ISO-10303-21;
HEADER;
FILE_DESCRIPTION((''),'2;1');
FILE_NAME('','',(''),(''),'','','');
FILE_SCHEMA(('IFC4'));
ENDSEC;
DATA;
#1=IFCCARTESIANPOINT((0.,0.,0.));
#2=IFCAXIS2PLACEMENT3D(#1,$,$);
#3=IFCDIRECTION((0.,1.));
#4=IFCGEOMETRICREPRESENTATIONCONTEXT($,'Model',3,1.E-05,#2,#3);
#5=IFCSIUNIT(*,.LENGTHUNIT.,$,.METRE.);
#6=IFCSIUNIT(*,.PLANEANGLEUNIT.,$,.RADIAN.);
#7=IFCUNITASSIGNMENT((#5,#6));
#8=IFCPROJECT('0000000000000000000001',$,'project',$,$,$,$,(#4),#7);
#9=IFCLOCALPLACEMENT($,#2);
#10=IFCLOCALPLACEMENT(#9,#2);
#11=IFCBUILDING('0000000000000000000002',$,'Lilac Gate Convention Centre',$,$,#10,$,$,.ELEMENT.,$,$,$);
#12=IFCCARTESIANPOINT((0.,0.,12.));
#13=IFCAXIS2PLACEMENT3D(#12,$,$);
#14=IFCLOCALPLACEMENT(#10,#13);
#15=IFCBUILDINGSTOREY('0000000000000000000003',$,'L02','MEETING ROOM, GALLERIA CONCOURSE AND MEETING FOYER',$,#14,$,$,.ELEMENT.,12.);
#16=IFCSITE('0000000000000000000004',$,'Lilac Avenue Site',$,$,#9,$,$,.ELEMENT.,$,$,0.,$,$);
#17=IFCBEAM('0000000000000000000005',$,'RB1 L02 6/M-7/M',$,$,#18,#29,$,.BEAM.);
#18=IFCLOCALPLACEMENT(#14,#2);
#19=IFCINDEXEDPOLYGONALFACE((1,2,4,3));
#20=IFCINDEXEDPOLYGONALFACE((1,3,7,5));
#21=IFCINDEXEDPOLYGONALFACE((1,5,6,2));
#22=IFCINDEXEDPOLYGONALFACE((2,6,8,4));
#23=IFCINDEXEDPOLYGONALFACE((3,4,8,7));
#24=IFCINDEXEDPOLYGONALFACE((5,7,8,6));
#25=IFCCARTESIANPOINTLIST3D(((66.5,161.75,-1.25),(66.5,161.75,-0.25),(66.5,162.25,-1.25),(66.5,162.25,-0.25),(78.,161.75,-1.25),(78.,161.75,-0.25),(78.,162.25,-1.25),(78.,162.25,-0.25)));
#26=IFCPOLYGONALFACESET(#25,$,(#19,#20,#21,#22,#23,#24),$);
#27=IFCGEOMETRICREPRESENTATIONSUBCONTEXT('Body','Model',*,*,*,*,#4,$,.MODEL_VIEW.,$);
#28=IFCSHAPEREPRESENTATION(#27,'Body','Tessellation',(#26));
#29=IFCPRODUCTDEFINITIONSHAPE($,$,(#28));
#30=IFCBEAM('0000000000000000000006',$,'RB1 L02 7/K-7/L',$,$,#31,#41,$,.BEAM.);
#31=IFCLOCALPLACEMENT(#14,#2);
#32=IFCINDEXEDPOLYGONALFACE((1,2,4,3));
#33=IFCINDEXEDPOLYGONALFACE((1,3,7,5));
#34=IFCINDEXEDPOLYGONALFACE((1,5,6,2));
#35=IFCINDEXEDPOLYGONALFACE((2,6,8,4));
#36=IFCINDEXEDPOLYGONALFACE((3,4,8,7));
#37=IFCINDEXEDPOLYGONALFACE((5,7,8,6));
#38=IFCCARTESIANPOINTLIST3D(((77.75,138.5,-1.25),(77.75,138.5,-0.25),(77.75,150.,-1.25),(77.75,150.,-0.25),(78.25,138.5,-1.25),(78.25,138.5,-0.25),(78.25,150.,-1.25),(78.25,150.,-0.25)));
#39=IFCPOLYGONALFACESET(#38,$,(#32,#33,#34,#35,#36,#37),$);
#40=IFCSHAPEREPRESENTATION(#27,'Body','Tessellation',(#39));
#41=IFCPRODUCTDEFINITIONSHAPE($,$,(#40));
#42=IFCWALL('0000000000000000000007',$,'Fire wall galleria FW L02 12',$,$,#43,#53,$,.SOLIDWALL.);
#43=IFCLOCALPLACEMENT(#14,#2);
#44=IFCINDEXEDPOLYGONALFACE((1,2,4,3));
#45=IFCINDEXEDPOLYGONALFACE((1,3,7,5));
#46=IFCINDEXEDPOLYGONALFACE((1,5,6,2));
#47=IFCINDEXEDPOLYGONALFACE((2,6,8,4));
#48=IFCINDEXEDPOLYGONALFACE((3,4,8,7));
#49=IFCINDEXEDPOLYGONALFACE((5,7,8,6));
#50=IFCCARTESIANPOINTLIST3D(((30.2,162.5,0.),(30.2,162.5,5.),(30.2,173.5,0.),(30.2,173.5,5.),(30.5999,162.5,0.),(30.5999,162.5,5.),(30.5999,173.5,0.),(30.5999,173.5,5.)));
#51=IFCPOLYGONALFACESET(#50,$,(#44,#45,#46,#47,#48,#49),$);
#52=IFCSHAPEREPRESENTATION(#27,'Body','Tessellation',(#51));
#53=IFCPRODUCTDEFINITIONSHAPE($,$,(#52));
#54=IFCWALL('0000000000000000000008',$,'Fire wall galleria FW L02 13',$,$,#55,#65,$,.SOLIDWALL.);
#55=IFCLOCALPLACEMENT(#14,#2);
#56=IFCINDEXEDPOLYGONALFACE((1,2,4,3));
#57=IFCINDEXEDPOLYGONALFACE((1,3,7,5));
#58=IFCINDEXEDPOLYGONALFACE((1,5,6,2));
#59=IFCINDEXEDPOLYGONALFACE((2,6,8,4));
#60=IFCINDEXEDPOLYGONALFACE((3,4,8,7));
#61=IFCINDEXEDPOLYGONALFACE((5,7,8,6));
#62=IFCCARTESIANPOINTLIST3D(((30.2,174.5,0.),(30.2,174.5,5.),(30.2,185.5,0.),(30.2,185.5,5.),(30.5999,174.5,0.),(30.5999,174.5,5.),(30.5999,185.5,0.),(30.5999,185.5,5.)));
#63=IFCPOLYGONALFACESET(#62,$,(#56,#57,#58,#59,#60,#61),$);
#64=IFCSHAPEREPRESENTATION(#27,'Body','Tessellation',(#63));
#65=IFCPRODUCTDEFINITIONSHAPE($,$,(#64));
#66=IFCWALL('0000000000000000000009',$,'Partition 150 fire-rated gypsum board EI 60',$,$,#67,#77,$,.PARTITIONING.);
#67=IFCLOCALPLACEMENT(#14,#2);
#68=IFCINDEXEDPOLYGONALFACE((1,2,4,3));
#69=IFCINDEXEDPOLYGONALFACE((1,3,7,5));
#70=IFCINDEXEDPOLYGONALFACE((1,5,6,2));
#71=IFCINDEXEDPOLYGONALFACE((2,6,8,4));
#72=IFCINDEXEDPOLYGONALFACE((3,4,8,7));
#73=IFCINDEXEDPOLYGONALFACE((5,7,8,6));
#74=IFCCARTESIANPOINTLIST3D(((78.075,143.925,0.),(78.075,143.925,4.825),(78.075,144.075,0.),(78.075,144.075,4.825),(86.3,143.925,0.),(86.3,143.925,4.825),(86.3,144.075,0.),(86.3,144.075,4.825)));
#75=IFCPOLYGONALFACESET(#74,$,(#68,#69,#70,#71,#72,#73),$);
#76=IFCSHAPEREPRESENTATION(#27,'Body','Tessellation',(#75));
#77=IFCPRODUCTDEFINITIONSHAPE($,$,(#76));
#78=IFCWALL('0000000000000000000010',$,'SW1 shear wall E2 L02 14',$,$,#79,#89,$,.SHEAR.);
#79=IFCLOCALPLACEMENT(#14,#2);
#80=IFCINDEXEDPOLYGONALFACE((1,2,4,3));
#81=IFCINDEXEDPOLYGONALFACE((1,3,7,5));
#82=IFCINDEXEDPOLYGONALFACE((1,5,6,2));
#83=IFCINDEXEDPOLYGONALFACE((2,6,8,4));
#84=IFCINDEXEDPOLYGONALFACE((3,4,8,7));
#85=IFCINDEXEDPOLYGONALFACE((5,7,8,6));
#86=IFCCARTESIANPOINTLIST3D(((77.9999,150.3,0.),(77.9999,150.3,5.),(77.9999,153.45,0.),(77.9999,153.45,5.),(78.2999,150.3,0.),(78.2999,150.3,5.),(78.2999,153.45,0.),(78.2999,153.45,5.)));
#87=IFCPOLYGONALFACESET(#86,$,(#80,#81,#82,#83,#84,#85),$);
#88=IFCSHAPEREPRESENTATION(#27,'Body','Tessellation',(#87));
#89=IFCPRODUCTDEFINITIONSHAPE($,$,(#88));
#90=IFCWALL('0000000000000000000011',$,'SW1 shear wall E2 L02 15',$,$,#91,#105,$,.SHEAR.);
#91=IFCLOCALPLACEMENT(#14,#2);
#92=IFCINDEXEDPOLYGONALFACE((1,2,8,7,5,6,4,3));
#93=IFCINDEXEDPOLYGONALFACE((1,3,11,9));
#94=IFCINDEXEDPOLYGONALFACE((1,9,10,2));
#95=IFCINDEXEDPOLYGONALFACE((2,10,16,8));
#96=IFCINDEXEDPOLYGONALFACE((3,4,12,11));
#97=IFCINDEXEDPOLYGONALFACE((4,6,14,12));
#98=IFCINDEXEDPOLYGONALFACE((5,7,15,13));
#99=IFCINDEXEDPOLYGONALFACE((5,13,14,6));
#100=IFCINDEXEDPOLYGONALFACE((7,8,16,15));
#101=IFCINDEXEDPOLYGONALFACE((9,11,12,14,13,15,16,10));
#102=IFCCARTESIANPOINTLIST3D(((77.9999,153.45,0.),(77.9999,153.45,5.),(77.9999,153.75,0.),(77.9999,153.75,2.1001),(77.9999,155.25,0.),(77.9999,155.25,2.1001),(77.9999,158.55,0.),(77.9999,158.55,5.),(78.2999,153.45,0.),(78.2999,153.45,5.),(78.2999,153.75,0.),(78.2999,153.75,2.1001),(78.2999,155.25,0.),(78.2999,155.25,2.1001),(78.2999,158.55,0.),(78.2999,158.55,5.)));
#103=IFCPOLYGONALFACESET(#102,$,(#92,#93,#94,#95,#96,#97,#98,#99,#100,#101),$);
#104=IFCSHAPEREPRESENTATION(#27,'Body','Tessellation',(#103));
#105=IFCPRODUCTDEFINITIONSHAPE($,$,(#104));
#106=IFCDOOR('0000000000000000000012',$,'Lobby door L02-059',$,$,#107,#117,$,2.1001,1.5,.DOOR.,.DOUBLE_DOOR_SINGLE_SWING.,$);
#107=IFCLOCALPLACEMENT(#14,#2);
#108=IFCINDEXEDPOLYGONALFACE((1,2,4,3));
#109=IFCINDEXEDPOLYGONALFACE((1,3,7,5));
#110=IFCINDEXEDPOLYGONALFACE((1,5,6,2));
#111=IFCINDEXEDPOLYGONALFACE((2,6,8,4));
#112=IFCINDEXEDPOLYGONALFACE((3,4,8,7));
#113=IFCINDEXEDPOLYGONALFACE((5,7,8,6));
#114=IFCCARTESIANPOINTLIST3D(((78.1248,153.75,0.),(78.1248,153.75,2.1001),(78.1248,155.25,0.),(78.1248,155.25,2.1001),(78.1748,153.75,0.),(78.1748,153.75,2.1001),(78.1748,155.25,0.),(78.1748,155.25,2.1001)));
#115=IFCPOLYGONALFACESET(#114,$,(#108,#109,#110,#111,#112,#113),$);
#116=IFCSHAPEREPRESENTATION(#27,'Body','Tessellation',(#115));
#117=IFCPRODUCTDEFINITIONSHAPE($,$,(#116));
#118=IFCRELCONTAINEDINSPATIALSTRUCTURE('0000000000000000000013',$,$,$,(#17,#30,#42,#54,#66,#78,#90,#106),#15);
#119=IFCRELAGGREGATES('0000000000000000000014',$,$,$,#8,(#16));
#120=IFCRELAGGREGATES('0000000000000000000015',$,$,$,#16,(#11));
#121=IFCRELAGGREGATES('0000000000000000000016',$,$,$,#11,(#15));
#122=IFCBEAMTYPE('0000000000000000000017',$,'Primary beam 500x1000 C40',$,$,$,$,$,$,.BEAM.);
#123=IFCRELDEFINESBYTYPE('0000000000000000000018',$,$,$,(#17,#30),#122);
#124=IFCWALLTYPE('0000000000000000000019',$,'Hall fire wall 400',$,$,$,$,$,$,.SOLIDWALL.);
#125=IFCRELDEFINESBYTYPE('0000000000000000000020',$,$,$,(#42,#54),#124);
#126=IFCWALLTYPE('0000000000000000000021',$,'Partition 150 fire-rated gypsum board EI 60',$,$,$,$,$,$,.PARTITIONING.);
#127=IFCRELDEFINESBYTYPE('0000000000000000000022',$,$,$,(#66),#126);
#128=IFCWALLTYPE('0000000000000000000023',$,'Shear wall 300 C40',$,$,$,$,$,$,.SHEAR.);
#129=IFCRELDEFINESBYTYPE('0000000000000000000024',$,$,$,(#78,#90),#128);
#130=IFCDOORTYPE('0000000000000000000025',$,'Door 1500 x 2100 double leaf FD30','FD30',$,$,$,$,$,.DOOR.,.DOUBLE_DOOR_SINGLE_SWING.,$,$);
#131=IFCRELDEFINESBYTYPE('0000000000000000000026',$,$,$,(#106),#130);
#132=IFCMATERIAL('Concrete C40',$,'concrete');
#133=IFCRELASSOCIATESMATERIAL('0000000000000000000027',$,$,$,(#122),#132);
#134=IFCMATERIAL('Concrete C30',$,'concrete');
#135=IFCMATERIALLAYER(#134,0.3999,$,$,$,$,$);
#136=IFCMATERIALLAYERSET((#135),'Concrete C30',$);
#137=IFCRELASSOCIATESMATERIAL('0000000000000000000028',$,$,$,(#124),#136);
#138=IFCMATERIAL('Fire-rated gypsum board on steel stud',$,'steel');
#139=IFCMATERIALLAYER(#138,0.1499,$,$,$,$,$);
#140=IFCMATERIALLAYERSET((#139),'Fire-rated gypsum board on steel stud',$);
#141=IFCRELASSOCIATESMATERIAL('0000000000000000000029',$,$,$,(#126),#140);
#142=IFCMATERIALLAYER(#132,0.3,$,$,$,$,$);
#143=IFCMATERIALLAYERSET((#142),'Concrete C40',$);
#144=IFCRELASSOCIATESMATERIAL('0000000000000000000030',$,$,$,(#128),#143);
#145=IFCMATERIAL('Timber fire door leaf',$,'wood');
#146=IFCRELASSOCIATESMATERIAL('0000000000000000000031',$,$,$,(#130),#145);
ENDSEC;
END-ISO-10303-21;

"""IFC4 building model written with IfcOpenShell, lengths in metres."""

from ifc_helpers import new_model, si_unit, direction, frame, frame_2d, origin, origin_2d, place, context, subcontext, project, spatial, rectangle, extrude, material, layer, layer_set, material_profile, profile_set, type_object, element, fill, save


model = new_model("IFC4")

# Units and contexts
model_context = context("Model", 3, precision=1e-05, world=origin(), true_north=direction((0.0, 1.0)))
body_context = subcontext(model_context, "Body", "Model", "MODEL_VIEW")
ifc_project = project(units=[si_unit("LENGTHUNIT", "METRE"), si_unit("PLANEANGLEUNIT", "RADIAN")], contexts=[model_context])

# Site, building, storey
site_placement = place(None, origin())
site = spatial("IfcSite", under=ifc_project, at=site_placement, Name="Lilac Avenue Site", CompositionType="ELEMENT", RefElevation=0.0)
building_placement = place(site_placement, origin())
building = spatial("IfcBuilding", under=site, at=building_placement, Name="Lilac Gate Convention Centre", CompositionType="ELEMENT")
storey_placement = place(building_placement, frame((0.0, 0.0, 12.0)))
storey = spatial("IfcBuildingStorey", under=building, at=storey_placement, Name="L02", Description="MEETING ROOM, GALLERIA CONCOURSE AND MEETING FOYER", CompositionType="ELEMENT", Elevation=12.0)

# Shared definitions
ifc_material_1 = material(Name="Concrete C40", Category="concrete")

# Beams
ifc_material_profile_1 = material_profile(ifc_material_1, rectangle(XDim=0.5, YDim=1.0, at=origin_2d()), Name="RC 500x1000")
ifc_profile_set_1 = profile_set([ifc_material_profile_1], Name="Concrete C40")
beam_type_1 = type_object("IfcBeamType", Name="Primary beam 500x1000 C40", PredefinedType="BEAM", material=ifc_profile_set_1)
for number, where, z_axis, x_axis, name in (
    (1, (66.5, 162.0, -0.75), (1.0, 0.0, 0.0), (0.0, 1.0, 0.0), "RB1 L02 6/M-7/M"),
    (2, (78.0, 138.5, -0.75), (0.0, 1.0, 0.0), (-1.0, 0.0, 0.0), "RB1 L02 7/K-7/L"),
):
    element("IfcBeam", number, at=place(storey_placement, frame(where, z_axis=z_axis, x_axis=x_axis)), inside=storey, type_object=beam_type_1, Name=name, PredefinedType="BEAM", context=body_context, shape_type="SweptSolid", body=[
        extrude(rectangle(XDim=0.5, YDim=1.0, at=origin_2d()), origin(), (0.0, 0.0, 1.0), 11.5),
    ])

# Shared definitions
ifc_material_2 = material(Name="Concrete C30", Category="concrete")
ifc_layer_1 = layer(ifc_material_2, 0.3999)
ifc_layer_set_1 = layer_set([ifc_layer_1], Name="Concrete C30")
wall_type_1 = type_object("IfcWallType", Name="Hall fire wall 400", PredefinedType="SOLIDWALL", material=ifc_layer_set_1)

# Walls
for number, where, z_axis, x_axis, name in (
    (3, (30.3999, 162.5, 0.0), (0.0, 0.0, 1.0), (0.0, 1.0, 0.0), "Fire wall galleria FW L02 12"),
    (4, (30.3999, 174.5, 0.0), (0.0, 0.0, 1.0), (0.0, 1.0, 0.0), "Fire wall galleria FW L02 13"),
):
    element("IfcWall", number, at=place(storey_placement, frame(where, z_axis=z_axis, x_axis=x_axis)), inside=storey, type_object=wall_type_1, Name=name, PredefinedType="SOLIDWALL", context=body_context, shape_type="SweptSolid", body=[
        extrude(rectangle(XDim=11.0, YDim=0.3999, at=frame_2d((5.5, 0.0))), origin(), (0.0, 0.0, 1.0), 5.0),
    ])
ifc_material_3 = material(Name="Fire-rated gypsum board on steel stud", Category="steel")
ifc_layer_2 = layer(ifc_material_3, 0.1499)
ifc_layer_set_2 = layer_set([ifc_layer_2], Name="Fire-rated gypsum board on steel stud")
wall_type_2 = type_object("IfcWallType", Name="Partition 150 fire-rated gypsum board EI 60", PredefinedType="PARTITIONING", material=ifc_layer_set_2)
wall_1_placement = place(storey_placement, frame((78.075, 144.0, 0.0), z_axis=(0.0, 0.0, 1.0), x_axis=(1.0, 0.0, 0.0)))
element("IfcWall", 5, at=wall_1_placement, inside=storey, type_object=wall_type_2, Name="Partition 150 fire-rated gypsum board EI 60", PredefinedType="PARTITIONING", context=body_context, shape_type="SweptSolid", body=[
    extrude(rectangle(XDim=8.2251, YDim=0.1499, at=frame_2d((4.1125, 0.0))), origin(), (0.0, 0.0, 1.0), 4.825),
])
ifc_layer_3 = layer(ifc_material_1, 0.3)
ifc_layer_set_3 = layer_set([ifc_layer_3], Name="Concrete C40")
wall_type_3 = type_object("IfcWallType", Name="Shear wall 300 C40", PredefinedType="SHEAR", material=ifc_layer_set_3)
wall_2_placement = place(storey_placement, frame((78.1499, 150.3, 0.0), z_axis=(0.0, 0.0, 1.0), x_axis=(0.0, 1.0, 0.0)))
element("IfcWall", 6, at=wall_2_placement, inside=storey, type_object=wall_type_3, Name="SW1 shear wall E2 L02 14", PredefinedType="SHEAR", context=body_context, shape_type="SweptSolid", body=[
    extrude(rectangle(XDim=3.1499, YDim=0.3, at=frame_2d((1.575, 0.0))), origin(), (0.0, 0.0, 1.0), 5.0),
])

# Wall, opening, door
wall_3_placement = place(storey_placement, frame((78.1499, 153.45, 0.0), z_axis=(0.0, 0.0, 1.0), x_axis=(0.0, 1.0, 0.0)))
wall_3 = element("IfcWall", 7, at=wall_3_placement, inside=storey, type_object=wall_type_3, Name="SW1 shear wall E2 L02 15", PredefinedType="SHEAR", context=body_context, shape_type="SweptSolid", body=[
    extrude(rectangle(XDim=5.1001, YDim=0.3, at=frame_2d((2.55, 0.0))), origin(), (0.0, 0.0, 1.0), 5.0),
])
opening_1_placement = place(wall_3_placement, frame((0.3, 0.0, 0.0)))
opening_1 = element("IfcOpeningElement", 8, at=opening_1_placement, cuts=wall_3, PredefinedType="OPENING", context=body_context, shape_type="SweptSolid", body=[
    extrude(rectangle(XDim=1.5, YDim=2.1001, at=frame_2d((0.75, 1.05))), frame((0.0, 0.1599, 0.0), z_axis=(0.0, -1.0, 0.0), x_axis=(1.0, 0.0, 0.0)), (0.0, 0.0, 1.0), 0.3201),
])
ifc_material_4 = material(Name="Timber fire door leaf", Category="wood")
door_type_1 = type_object("IfcDoorType", Name="Door 1500 x 2100 double leaf FD30", Description="FD30", OperationType="DOUBLE_DOOR_SINGLE_SWING", PredefinedType="DOOR", material=ifc_material_4)
door_1_placement = place(opening_1_placement, frame((1.5, 0.0, 0.0), z_axis=(0.0, 0.0, 1.0), x_axis=(-1.0, 0.0, 0.0)))
door_1 = element("IfcDoor", 9, at=door_1_placement, inside=storey, type_object=door_type_1, Name="Lobby door L02-059", OperationType="DOUBLE_DOOR_SINGLE_SWING", OverallHeight=2.1001, OverallWidth=1.5, PredefinedType="DOOR", context=body_context, shape_type="SweptSolid", body=[
    extrude(rectangle(XDim=1.5, YDim=2.1001, at=frame_2d((0.75, 1.05))), frame((0.0, 0.0249, 0.0), z_axis=(0.0, -1.0, 0.0), x_axis=(1.0, 0.0, 0.0)), (0.0, 0.0, 1.0), 0.05),
])
fill(opening_1, door_1)

save(model, "model.ifc")
